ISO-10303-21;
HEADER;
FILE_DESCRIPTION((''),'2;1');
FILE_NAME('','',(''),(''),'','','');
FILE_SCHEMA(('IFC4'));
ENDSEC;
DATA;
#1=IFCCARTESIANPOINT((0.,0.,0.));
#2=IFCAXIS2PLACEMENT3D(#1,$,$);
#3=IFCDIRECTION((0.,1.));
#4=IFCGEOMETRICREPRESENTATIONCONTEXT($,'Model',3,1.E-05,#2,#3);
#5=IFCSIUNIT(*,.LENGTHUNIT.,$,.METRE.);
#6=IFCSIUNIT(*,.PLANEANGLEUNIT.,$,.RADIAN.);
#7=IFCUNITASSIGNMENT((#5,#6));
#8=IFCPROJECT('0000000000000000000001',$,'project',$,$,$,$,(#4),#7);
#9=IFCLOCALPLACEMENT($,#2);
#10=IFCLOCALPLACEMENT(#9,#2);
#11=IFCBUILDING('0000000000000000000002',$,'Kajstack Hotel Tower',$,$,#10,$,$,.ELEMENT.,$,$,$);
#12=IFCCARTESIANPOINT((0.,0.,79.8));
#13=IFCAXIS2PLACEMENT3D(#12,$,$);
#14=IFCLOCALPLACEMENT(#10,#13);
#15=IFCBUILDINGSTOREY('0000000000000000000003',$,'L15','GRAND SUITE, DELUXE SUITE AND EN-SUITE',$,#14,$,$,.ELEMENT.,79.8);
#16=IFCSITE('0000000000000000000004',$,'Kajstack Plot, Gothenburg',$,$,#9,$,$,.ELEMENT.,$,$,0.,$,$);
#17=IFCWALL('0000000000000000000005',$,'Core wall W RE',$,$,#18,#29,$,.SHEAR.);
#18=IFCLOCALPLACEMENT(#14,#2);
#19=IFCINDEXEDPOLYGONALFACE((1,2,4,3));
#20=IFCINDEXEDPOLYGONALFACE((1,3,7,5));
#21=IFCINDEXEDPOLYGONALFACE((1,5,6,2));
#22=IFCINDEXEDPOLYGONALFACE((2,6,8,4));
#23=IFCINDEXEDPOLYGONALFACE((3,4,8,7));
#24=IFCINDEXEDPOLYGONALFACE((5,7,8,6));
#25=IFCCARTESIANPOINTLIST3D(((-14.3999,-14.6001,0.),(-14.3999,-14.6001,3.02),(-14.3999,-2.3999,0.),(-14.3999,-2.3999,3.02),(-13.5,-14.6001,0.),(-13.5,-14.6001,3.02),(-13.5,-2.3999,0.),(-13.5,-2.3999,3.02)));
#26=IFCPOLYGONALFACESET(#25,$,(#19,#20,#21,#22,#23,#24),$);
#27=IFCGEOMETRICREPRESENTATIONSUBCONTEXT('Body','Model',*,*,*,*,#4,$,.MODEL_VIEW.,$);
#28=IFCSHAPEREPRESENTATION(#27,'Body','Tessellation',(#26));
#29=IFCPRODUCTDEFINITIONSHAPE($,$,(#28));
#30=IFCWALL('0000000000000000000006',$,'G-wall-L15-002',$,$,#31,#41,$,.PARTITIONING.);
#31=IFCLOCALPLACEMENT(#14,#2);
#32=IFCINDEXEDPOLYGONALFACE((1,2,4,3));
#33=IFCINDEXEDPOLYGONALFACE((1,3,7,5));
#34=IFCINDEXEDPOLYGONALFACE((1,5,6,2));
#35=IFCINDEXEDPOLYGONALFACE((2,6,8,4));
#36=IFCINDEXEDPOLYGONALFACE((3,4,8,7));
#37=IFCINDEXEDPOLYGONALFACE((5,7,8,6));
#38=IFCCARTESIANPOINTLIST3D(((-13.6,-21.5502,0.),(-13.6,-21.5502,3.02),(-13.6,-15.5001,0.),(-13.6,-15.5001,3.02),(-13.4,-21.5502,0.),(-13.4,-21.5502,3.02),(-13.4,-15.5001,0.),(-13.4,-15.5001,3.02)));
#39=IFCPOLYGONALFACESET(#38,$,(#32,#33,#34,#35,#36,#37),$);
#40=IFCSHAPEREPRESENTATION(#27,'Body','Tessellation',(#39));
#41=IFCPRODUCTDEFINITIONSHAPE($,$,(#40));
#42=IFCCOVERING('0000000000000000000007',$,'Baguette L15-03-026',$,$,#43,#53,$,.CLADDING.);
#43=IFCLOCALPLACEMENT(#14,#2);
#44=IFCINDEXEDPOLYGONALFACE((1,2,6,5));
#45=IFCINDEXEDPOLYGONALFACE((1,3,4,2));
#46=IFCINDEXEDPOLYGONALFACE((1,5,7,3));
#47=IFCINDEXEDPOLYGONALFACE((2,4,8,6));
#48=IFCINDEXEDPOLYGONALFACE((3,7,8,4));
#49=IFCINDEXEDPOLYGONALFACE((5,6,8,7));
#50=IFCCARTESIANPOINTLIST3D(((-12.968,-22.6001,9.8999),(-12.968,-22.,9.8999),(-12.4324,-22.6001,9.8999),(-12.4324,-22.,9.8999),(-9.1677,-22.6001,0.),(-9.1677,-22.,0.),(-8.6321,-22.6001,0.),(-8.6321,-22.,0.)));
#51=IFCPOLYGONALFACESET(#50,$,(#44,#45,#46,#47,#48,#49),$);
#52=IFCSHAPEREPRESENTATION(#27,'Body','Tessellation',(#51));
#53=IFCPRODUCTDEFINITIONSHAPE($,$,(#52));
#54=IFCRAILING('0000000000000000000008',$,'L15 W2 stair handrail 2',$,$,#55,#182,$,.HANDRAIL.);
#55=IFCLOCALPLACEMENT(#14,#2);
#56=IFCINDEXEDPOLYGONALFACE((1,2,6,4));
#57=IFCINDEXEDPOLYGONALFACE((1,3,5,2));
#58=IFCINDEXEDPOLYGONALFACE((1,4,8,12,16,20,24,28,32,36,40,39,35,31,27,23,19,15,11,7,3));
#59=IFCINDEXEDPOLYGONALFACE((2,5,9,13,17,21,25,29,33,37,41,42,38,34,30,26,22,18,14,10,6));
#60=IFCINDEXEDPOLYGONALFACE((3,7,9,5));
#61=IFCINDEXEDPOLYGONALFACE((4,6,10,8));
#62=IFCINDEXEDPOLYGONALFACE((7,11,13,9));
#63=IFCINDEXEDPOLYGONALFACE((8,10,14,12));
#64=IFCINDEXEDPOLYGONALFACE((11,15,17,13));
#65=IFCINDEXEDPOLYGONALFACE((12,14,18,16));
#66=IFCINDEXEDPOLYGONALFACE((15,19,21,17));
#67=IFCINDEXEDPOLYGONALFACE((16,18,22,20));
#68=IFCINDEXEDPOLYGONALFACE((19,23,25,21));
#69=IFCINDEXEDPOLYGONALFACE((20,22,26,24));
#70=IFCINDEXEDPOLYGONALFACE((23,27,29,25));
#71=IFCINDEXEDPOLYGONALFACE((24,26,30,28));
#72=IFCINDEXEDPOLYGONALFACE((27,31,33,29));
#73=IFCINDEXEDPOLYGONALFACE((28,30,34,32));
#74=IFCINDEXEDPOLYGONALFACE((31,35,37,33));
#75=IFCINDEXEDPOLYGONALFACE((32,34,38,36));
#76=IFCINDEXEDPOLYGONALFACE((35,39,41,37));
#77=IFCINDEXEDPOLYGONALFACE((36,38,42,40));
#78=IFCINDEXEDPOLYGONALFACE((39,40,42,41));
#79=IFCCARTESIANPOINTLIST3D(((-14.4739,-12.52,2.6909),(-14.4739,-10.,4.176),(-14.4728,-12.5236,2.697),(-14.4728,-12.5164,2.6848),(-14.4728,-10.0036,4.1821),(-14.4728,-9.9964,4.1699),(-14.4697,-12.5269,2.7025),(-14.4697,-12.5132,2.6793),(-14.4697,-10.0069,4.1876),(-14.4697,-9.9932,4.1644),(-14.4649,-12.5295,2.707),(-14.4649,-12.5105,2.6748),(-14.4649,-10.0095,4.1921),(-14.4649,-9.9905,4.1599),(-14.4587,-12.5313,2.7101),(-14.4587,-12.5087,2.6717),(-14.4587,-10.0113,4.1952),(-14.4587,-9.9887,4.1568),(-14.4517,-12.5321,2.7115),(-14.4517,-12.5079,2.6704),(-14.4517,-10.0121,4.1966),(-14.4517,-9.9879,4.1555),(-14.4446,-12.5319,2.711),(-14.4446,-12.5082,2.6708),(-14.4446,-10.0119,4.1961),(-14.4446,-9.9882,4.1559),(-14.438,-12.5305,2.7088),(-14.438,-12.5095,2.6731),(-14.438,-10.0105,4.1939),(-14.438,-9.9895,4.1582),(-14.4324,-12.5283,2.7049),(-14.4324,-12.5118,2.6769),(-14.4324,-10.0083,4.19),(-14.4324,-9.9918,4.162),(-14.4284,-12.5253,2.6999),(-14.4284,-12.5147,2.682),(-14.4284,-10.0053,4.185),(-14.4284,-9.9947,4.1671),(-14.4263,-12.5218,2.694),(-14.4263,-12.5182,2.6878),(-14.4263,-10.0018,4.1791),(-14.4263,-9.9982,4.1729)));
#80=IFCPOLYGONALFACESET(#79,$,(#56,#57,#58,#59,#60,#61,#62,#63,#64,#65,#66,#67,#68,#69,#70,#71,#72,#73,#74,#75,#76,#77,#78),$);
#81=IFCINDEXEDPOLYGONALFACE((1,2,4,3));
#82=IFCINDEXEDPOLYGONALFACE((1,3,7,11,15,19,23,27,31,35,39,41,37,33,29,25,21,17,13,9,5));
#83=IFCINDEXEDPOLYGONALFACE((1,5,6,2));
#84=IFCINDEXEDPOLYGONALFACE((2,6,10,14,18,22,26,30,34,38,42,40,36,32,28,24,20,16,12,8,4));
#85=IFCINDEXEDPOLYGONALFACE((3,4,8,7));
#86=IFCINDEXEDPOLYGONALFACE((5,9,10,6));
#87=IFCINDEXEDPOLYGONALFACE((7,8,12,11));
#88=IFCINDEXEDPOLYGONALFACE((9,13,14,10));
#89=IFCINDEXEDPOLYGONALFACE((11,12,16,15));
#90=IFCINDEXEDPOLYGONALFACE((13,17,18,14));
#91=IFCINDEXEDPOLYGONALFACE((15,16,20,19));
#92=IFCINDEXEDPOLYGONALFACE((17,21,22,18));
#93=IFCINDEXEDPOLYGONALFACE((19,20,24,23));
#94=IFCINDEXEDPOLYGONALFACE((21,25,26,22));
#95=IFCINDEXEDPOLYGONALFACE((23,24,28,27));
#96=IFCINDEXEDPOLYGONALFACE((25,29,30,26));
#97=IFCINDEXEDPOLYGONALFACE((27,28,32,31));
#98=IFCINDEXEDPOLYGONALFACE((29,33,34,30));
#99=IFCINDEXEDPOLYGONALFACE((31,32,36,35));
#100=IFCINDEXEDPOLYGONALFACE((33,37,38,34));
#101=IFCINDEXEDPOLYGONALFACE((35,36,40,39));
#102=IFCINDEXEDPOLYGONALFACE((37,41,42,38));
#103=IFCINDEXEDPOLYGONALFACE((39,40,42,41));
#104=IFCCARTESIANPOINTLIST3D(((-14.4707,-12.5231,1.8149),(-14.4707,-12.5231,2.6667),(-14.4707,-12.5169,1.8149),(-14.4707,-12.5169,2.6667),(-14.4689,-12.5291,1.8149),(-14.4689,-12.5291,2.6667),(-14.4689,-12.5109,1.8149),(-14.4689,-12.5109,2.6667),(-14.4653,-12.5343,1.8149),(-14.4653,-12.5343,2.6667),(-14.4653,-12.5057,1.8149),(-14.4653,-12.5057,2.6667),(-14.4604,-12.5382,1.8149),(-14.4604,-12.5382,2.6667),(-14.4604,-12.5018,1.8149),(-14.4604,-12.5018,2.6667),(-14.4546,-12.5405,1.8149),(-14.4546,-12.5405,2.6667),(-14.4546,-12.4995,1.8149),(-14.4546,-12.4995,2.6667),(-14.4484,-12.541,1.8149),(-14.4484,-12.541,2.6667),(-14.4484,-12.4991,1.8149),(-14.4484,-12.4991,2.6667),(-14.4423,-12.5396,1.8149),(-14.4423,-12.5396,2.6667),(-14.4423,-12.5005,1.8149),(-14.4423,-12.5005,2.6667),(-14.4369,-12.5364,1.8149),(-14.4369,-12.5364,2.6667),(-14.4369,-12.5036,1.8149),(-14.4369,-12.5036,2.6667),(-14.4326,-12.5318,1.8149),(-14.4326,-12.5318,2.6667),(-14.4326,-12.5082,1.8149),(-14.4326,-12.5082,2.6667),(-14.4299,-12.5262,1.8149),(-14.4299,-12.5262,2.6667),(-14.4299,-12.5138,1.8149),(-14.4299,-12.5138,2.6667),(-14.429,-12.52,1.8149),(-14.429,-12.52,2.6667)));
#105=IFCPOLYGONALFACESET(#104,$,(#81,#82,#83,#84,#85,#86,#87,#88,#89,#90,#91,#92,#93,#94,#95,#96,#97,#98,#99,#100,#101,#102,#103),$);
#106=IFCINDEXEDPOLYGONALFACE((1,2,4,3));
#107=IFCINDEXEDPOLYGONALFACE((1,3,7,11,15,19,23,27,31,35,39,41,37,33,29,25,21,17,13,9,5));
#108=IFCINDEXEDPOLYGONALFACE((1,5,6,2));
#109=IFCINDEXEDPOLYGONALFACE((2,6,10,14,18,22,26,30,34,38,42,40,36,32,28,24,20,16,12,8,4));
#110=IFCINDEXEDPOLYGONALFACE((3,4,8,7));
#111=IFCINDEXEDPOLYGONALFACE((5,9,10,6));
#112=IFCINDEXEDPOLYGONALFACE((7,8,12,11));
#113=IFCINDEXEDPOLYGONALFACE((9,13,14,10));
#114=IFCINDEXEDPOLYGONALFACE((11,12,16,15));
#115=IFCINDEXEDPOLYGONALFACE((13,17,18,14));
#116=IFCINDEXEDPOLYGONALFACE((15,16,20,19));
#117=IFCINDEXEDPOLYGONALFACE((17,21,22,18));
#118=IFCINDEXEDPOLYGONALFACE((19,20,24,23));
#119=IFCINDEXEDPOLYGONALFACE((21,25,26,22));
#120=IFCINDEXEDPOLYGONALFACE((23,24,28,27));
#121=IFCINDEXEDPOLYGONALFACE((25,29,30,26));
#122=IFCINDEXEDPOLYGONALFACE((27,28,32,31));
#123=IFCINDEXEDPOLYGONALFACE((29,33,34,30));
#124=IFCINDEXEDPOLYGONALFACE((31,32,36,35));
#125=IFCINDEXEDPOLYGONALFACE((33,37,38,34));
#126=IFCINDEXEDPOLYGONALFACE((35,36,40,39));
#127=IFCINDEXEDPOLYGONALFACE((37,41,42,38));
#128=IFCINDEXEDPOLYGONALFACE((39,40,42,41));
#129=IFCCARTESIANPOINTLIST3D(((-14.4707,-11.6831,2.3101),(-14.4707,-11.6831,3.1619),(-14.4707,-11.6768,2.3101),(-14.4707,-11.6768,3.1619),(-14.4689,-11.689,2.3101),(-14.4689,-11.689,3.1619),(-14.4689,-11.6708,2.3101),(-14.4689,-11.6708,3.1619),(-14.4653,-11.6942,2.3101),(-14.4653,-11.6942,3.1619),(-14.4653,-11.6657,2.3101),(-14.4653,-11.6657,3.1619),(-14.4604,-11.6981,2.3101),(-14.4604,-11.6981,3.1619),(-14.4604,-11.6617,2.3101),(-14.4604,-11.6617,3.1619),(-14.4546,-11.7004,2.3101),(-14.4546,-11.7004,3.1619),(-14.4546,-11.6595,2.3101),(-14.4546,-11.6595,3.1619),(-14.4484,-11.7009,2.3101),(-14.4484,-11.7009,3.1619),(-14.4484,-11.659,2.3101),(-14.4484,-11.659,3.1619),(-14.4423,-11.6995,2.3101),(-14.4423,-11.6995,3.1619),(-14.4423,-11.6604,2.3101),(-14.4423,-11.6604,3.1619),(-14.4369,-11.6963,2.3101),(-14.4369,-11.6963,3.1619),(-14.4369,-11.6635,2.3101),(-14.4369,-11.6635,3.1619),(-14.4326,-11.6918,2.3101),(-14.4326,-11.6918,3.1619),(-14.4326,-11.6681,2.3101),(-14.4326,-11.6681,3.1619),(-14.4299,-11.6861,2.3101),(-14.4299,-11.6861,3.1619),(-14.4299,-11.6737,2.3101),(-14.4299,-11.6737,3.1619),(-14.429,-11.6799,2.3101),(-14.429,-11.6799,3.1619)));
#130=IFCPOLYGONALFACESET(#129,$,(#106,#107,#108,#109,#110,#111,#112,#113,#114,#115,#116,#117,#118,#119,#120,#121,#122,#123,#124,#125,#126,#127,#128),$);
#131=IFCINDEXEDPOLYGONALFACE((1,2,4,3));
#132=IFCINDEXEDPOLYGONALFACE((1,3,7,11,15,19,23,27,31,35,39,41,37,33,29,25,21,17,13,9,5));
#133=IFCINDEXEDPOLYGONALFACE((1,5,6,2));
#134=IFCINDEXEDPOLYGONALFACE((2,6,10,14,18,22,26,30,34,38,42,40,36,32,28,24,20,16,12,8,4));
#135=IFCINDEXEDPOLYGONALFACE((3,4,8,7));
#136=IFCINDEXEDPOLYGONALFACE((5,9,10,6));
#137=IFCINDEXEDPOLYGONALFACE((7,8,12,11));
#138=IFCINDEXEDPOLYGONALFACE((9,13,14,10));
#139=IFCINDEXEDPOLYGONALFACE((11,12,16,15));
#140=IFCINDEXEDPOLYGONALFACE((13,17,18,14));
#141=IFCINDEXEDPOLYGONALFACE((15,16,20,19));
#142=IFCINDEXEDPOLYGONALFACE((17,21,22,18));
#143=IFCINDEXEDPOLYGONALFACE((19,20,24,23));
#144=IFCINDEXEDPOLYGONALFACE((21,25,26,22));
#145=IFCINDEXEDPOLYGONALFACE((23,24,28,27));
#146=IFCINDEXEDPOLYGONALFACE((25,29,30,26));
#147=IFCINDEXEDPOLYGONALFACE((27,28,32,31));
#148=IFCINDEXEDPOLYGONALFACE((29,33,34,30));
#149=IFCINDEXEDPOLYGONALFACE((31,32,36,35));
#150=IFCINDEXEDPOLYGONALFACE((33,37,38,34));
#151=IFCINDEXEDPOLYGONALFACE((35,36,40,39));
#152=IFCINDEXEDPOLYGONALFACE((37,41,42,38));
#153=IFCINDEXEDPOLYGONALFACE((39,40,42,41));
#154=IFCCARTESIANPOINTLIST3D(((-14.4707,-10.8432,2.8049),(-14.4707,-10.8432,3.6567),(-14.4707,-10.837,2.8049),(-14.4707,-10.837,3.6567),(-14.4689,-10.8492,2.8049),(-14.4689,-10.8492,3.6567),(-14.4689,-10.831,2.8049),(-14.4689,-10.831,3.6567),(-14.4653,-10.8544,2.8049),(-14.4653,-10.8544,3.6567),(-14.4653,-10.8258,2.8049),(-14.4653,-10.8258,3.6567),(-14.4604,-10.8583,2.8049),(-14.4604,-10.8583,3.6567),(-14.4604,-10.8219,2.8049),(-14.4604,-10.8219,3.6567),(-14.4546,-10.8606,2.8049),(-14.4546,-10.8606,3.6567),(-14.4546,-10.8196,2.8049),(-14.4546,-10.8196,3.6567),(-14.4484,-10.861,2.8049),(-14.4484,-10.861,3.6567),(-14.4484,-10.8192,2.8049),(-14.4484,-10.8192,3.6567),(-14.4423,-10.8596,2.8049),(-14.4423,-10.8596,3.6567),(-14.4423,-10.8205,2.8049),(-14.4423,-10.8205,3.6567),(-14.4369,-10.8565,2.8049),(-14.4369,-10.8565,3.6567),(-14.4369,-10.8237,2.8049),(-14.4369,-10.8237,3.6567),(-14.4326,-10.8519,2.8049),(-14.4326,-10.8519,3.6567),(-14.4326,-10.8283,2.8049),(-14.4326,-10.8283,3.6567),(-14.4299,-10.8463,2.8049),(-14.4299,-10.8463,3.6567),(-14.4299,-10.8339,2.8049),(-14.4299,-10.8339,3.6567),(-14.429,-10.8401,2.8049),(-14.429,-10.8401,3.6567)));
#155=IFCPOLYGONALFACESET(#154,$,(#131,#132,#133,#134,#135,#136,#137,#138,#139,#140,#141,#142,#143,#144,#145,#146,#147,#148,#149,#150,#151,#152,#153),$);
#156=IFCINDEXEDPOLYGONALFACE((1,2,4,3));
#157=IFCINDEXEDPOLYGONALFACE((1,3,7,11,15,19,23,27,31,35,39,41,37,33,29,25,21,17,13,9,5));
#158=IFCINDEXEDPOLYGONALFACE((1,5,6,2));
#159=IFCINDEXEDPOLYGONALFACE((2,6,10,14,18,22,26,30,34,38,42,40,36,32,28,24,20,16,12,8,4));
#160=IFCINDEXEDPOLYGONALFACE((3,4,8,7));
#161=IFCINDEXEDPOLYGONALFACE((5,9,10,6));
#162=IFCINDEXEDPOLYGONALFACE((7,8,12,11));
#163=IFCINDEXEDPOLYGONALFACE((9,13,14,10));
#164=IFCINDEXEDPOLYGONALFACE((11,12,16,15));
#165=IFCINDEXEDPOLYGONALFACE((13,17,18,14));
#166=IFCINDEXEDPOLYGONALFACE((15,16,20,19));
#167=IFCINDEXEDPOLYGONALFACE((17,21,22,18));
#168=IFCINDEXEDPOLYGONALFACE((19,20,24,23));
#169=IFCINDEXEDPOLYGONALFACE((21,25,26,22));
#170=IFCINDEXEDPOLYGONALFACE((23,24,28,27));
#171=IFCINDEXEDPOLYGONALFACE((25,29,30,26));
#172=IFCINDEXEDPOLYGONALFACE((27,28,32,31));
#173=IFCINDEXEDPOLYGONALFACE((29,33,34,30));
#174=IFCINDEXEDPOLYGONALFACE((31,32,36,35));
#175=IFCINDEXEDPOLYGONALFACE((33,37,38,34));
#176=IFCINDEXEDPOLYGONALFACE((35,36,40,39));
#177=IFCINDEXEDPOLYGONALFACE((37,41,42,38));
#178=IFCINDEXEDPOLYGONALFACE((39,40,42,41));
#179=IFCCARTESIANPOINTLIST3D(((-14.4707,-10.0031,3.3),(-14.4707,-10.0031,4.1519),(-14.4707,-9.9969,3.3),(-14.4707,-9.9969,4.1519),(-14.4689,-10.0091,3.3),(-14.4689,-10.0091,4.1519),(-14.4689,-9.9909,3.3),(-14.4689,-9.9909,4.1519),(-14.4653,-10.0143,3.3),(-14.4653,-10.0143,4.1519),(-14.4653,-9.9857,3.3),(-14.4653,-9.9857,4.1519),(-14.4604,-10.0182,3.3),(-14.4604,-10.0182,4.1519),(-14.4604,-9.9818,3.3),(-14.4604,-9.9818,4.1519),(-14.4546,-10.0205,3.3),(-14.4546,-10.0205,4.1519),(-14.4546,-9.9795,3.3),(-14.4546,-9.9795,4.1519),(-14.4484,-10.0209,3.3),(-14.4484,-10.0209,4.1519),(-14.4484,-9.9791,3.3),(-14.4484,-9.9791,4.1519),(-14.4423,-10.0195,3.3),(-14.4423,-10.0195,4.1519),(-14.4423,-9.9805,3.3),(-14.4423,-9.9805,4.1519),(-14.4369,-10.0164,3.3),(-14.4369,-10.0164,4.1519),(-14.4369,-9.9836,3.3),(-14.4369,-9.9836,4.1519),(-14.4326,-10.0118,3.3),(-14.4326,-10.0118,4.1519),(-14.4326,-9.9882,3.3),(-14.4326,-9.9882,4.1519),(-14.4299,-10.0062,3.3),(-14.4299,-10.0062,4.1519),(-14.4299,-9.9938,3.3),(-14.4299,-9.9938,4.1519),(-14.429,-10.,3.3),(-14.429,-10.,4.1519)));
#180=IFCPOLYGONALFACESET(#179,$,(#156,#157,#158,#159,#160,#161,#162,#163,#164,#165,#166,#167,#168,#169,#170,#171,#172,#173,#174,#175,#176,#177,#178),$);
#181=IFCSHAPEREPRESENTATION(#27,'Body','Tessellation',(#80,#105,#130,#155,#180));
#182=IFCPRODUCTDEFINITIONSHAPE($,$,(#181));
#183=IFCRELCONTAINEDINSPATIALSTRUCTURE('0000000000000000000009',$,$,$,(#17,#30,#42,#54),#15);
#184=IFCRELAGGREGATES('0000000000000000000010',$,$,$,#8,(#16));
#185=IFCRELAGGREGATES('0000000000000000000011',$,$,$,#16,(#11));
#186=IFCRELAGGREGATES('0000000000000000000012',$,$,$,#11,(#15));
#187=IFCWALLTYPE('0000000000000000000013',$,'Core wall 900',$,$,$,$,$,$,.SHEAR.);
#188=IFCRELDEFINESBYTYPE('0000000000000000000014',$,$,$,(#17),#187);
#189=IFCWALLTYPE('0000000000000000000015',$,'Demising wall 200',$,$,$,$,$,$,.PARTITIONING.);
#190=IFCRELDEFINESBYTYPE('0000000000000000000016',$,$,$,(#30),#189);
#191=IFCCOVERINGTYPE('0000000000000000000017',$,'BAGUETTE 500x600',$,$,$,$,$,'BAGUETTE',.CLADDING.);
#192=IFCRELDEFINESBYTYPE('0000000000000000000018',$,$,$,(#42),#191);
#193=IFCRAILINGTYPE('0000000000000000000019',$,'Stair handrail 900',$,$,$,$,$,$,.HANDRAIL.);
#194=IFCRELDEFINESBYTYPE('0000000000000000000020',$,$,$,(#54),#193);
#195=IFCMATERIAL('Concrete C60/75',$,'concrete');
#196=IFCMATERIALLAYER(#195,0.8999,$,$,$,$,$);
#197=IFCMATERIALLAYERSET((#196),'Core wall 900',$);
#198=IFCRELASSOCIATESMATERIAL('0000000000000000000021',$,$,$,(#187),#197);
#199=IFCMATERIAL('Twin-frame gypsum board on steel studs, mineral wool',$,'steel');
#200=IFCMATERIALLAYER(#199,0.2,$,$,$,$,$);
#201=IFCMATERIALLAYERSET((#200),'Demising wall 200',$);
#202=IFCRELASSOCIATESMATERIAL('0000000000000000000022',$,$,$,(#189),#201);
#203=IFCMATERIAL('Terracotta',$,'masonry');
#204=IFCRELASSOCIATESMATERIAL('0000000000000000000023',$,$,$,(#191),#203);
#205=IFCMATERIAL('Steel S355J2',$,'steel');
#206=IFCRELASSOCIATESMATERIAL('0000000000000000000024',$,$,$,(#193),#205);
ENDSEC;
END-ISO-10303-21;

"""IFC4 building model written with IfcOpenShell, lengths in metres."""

from ifc_helpers import new_model, si_unit, direction, frame, frame_2d, origin, origin_2d, place, context, subcontext, project, spatial, polyline, rectangle, circle, outline, extrude, material, layer, layer_set, material_profile, profile_set, type_object, element, save


model = new_model("IFC4")

# Units and contexts
model_context = context("Model", 3, precision=1e-05, world=origin(), true_north=direction((0.0, 1.0)))
body_context = subcontext(model_context, "Body", "Model", "MODEL_VIEW")
ifc_project = project(units=[si_unit("LENGTHUNIT", "METRE"), si_unit("PLANEANGLEUNIT", "RADIAN")], contexts=[model_context])

# Site, building, storey
site_placement = place(None, origin())
site = spatial("IfcSite", under=ifc_project, at=site_placement, Name="Kajstack Plot, Gothenburg", CompositionType="ELEMENT", RefElevation=0.0)
building_placement = place(site_placement, origin())
building = spatial("IfcBuilding", under=site, at=building_placement, Name="Kajstack Hotel Tower", CompositionType="ELEMENT")
storey_placement = place(building_placement, frame((0.0, 0.0, 79.8)))
storey = spatial("IfcBuildingStorey", under=building, at=storey_placement, Name="L15", Description="GRAND SUITE, DELUXE SUITE AND EN-SUITE", CompositionType="ELEMENT", Elevation=79.8)

# Walls
ifc_material_1 = material(Name="Concrete C60/75", Category="concrete")
ifc_layer_1 = layer(ifc_material_1, 0.8999)
ifc_layer_set_1 = layer_set([ifc_layer_1], Name="Core wall 900")
wall_type_1 = type_object("IfcWallType", Name="Core wall 900", PredefinedType="SHEAR", material=ifc_layer_set_1)
wall_1_placement = place(storey_placement, frame((-13.95, -14.6001, 0.0), z_axis=(0.0, 0.0, 1.0), x_axis=(0.0, 1.0, 0.0)))
element("IfcWall", 1, at=wall_1_placement, inside=storey, type_object=wall_type_1, Name="Core wall W RE", PredefinedType="SHEAR", context=body_context, shape_type="SweptSolid", body=[
    extrude(rectangle(XDim=12.2002, YDim=0.8999, at=frame_2d((6.1001, 0.0))), origin(), (0.0, 0.0, 1.0), 3.02),
])
ifc_material_2 = material(Name="Twin-frame gypsum board on steel studs, mineral wool", Category="steel")
ifc_layer_2 = layer(ifc_material_2, 0.2)
ifc_layer_set_2 = layer_set([ifc_layer_2], Name="Demising wall 200")
wall_type_2 = type_object("IfcWallType", Name="Demising wall 200", PredefinedType="PARTITIONING", material=ifc_layer_set_2)
wall_2_placement = place(storey_placement, frame((-13.5, -21.55, 0.0), z_axis=(0.0, 0.0, 1.0), x_axis=(0.0, 1.0, 0.0)))
element("IfcWall", 2, at=wall_2_placement, inside=storey, type_object=wall_type_2, Name="G-wall-L15-002", PredefinedType="PARTITIONING", context=body_context, shape_type="SweptSolid", body=[
    extrude(rectangle(XDim=6.05, YDim=0.2, at=frame_2d((3.0249, 0.0))), origin(), (0.0, 0.0, 1.0), 3.02),
])

# Covering
ifc_material_3 = material(Name="Terracotta", Category="masonry")
ifc_material_profile = material_profile(ifc_material_3, rectangle(XDim=0.6001, YDim=0.5, at=origin_2d()), Name="Terracotta-clad concrete baguette 500 x 600")
ifc_profile_set = profile_set([ifc_material_profile], Name="Terracotta")
covering_type = type_object("IfcCoveringType", Name="BAGUETTE 500x600", ElementType="BAGUETTE", PredefinedType="CLADDING", material=ifc_profile_set)
covering_placement = place(storey_placement, frame((-12.968, -22.0, 0.0), z_axis=(0.0, -1.0, 0.0), x_axis=(1.0, 0.0, 0.0)))
element("IfcCovering", 3, at=covering_placement, inside=storey, type_object=covering_type, Name="Baguette L15-03-026", PredefinedType="CLADDING", context=body_context, shape_type="SweptSolid", body=[
    extrude(outline(polyline([(0.0, 9.8999), (3.8003, 0.0), (4.3359, 0.0), (0.5356, 9.8999), (0.0, 9.8999)])), origin(), (0.0, 0.0, 1.0), 0.6001),
])

# Railing
ifc_material_4 = material(Name="Steel S355J2", Category="steel")
railing_type_1 = type_object("IfcRailingType", Name="Stair handrail 900", PredefinedType="HANDRAIL", material=ifc_material_4)
railing_1_placement = place(storey_placement, frame((-14.45, -12.52, 1.8149)))
element("IfcRailing", 4, at=railing_1_placement, inside=storey, type_object=railing_type_1, Name="L15 W2 stair handrail 2", PredefinedType="HANDRAIL", context=body_context, shape_type="SweptSolid", body=[
    extrude(circle(Radius=0.0239, at=origin_2d()), frame((0.0, 0.0, 0.876), z_axis=(0.0, 0.861524, 0.507717), x_axis=(-1.0, 0.0, 0.0)), (0.0, 0.0, 1.0), 2.925),
    extrude(circle(Radius=0.021, at=origin_2d()), origin(), (0.0, 0.0, 1.0), 0.8518),
    extrude(circle(Radius=0.021, at=origin_2d()), frame((0.0, 0.8401, 0.4951)), (0.0, 0.0, 1.0), 0.8518),
    extrude(circle(Radius=0.021, at=origin_2d()), frame((0.0, 1.6799, 0.99)), (0.0, 0.0, 1.0), 0.8518),
    extrude(circle(Radius=0.021, at=origin_2d()), frame((0.0, 2.52, 1.4851)), (0.0, 0.0, 1.0), 0.8518),
])

save(model, "model.ifc")
